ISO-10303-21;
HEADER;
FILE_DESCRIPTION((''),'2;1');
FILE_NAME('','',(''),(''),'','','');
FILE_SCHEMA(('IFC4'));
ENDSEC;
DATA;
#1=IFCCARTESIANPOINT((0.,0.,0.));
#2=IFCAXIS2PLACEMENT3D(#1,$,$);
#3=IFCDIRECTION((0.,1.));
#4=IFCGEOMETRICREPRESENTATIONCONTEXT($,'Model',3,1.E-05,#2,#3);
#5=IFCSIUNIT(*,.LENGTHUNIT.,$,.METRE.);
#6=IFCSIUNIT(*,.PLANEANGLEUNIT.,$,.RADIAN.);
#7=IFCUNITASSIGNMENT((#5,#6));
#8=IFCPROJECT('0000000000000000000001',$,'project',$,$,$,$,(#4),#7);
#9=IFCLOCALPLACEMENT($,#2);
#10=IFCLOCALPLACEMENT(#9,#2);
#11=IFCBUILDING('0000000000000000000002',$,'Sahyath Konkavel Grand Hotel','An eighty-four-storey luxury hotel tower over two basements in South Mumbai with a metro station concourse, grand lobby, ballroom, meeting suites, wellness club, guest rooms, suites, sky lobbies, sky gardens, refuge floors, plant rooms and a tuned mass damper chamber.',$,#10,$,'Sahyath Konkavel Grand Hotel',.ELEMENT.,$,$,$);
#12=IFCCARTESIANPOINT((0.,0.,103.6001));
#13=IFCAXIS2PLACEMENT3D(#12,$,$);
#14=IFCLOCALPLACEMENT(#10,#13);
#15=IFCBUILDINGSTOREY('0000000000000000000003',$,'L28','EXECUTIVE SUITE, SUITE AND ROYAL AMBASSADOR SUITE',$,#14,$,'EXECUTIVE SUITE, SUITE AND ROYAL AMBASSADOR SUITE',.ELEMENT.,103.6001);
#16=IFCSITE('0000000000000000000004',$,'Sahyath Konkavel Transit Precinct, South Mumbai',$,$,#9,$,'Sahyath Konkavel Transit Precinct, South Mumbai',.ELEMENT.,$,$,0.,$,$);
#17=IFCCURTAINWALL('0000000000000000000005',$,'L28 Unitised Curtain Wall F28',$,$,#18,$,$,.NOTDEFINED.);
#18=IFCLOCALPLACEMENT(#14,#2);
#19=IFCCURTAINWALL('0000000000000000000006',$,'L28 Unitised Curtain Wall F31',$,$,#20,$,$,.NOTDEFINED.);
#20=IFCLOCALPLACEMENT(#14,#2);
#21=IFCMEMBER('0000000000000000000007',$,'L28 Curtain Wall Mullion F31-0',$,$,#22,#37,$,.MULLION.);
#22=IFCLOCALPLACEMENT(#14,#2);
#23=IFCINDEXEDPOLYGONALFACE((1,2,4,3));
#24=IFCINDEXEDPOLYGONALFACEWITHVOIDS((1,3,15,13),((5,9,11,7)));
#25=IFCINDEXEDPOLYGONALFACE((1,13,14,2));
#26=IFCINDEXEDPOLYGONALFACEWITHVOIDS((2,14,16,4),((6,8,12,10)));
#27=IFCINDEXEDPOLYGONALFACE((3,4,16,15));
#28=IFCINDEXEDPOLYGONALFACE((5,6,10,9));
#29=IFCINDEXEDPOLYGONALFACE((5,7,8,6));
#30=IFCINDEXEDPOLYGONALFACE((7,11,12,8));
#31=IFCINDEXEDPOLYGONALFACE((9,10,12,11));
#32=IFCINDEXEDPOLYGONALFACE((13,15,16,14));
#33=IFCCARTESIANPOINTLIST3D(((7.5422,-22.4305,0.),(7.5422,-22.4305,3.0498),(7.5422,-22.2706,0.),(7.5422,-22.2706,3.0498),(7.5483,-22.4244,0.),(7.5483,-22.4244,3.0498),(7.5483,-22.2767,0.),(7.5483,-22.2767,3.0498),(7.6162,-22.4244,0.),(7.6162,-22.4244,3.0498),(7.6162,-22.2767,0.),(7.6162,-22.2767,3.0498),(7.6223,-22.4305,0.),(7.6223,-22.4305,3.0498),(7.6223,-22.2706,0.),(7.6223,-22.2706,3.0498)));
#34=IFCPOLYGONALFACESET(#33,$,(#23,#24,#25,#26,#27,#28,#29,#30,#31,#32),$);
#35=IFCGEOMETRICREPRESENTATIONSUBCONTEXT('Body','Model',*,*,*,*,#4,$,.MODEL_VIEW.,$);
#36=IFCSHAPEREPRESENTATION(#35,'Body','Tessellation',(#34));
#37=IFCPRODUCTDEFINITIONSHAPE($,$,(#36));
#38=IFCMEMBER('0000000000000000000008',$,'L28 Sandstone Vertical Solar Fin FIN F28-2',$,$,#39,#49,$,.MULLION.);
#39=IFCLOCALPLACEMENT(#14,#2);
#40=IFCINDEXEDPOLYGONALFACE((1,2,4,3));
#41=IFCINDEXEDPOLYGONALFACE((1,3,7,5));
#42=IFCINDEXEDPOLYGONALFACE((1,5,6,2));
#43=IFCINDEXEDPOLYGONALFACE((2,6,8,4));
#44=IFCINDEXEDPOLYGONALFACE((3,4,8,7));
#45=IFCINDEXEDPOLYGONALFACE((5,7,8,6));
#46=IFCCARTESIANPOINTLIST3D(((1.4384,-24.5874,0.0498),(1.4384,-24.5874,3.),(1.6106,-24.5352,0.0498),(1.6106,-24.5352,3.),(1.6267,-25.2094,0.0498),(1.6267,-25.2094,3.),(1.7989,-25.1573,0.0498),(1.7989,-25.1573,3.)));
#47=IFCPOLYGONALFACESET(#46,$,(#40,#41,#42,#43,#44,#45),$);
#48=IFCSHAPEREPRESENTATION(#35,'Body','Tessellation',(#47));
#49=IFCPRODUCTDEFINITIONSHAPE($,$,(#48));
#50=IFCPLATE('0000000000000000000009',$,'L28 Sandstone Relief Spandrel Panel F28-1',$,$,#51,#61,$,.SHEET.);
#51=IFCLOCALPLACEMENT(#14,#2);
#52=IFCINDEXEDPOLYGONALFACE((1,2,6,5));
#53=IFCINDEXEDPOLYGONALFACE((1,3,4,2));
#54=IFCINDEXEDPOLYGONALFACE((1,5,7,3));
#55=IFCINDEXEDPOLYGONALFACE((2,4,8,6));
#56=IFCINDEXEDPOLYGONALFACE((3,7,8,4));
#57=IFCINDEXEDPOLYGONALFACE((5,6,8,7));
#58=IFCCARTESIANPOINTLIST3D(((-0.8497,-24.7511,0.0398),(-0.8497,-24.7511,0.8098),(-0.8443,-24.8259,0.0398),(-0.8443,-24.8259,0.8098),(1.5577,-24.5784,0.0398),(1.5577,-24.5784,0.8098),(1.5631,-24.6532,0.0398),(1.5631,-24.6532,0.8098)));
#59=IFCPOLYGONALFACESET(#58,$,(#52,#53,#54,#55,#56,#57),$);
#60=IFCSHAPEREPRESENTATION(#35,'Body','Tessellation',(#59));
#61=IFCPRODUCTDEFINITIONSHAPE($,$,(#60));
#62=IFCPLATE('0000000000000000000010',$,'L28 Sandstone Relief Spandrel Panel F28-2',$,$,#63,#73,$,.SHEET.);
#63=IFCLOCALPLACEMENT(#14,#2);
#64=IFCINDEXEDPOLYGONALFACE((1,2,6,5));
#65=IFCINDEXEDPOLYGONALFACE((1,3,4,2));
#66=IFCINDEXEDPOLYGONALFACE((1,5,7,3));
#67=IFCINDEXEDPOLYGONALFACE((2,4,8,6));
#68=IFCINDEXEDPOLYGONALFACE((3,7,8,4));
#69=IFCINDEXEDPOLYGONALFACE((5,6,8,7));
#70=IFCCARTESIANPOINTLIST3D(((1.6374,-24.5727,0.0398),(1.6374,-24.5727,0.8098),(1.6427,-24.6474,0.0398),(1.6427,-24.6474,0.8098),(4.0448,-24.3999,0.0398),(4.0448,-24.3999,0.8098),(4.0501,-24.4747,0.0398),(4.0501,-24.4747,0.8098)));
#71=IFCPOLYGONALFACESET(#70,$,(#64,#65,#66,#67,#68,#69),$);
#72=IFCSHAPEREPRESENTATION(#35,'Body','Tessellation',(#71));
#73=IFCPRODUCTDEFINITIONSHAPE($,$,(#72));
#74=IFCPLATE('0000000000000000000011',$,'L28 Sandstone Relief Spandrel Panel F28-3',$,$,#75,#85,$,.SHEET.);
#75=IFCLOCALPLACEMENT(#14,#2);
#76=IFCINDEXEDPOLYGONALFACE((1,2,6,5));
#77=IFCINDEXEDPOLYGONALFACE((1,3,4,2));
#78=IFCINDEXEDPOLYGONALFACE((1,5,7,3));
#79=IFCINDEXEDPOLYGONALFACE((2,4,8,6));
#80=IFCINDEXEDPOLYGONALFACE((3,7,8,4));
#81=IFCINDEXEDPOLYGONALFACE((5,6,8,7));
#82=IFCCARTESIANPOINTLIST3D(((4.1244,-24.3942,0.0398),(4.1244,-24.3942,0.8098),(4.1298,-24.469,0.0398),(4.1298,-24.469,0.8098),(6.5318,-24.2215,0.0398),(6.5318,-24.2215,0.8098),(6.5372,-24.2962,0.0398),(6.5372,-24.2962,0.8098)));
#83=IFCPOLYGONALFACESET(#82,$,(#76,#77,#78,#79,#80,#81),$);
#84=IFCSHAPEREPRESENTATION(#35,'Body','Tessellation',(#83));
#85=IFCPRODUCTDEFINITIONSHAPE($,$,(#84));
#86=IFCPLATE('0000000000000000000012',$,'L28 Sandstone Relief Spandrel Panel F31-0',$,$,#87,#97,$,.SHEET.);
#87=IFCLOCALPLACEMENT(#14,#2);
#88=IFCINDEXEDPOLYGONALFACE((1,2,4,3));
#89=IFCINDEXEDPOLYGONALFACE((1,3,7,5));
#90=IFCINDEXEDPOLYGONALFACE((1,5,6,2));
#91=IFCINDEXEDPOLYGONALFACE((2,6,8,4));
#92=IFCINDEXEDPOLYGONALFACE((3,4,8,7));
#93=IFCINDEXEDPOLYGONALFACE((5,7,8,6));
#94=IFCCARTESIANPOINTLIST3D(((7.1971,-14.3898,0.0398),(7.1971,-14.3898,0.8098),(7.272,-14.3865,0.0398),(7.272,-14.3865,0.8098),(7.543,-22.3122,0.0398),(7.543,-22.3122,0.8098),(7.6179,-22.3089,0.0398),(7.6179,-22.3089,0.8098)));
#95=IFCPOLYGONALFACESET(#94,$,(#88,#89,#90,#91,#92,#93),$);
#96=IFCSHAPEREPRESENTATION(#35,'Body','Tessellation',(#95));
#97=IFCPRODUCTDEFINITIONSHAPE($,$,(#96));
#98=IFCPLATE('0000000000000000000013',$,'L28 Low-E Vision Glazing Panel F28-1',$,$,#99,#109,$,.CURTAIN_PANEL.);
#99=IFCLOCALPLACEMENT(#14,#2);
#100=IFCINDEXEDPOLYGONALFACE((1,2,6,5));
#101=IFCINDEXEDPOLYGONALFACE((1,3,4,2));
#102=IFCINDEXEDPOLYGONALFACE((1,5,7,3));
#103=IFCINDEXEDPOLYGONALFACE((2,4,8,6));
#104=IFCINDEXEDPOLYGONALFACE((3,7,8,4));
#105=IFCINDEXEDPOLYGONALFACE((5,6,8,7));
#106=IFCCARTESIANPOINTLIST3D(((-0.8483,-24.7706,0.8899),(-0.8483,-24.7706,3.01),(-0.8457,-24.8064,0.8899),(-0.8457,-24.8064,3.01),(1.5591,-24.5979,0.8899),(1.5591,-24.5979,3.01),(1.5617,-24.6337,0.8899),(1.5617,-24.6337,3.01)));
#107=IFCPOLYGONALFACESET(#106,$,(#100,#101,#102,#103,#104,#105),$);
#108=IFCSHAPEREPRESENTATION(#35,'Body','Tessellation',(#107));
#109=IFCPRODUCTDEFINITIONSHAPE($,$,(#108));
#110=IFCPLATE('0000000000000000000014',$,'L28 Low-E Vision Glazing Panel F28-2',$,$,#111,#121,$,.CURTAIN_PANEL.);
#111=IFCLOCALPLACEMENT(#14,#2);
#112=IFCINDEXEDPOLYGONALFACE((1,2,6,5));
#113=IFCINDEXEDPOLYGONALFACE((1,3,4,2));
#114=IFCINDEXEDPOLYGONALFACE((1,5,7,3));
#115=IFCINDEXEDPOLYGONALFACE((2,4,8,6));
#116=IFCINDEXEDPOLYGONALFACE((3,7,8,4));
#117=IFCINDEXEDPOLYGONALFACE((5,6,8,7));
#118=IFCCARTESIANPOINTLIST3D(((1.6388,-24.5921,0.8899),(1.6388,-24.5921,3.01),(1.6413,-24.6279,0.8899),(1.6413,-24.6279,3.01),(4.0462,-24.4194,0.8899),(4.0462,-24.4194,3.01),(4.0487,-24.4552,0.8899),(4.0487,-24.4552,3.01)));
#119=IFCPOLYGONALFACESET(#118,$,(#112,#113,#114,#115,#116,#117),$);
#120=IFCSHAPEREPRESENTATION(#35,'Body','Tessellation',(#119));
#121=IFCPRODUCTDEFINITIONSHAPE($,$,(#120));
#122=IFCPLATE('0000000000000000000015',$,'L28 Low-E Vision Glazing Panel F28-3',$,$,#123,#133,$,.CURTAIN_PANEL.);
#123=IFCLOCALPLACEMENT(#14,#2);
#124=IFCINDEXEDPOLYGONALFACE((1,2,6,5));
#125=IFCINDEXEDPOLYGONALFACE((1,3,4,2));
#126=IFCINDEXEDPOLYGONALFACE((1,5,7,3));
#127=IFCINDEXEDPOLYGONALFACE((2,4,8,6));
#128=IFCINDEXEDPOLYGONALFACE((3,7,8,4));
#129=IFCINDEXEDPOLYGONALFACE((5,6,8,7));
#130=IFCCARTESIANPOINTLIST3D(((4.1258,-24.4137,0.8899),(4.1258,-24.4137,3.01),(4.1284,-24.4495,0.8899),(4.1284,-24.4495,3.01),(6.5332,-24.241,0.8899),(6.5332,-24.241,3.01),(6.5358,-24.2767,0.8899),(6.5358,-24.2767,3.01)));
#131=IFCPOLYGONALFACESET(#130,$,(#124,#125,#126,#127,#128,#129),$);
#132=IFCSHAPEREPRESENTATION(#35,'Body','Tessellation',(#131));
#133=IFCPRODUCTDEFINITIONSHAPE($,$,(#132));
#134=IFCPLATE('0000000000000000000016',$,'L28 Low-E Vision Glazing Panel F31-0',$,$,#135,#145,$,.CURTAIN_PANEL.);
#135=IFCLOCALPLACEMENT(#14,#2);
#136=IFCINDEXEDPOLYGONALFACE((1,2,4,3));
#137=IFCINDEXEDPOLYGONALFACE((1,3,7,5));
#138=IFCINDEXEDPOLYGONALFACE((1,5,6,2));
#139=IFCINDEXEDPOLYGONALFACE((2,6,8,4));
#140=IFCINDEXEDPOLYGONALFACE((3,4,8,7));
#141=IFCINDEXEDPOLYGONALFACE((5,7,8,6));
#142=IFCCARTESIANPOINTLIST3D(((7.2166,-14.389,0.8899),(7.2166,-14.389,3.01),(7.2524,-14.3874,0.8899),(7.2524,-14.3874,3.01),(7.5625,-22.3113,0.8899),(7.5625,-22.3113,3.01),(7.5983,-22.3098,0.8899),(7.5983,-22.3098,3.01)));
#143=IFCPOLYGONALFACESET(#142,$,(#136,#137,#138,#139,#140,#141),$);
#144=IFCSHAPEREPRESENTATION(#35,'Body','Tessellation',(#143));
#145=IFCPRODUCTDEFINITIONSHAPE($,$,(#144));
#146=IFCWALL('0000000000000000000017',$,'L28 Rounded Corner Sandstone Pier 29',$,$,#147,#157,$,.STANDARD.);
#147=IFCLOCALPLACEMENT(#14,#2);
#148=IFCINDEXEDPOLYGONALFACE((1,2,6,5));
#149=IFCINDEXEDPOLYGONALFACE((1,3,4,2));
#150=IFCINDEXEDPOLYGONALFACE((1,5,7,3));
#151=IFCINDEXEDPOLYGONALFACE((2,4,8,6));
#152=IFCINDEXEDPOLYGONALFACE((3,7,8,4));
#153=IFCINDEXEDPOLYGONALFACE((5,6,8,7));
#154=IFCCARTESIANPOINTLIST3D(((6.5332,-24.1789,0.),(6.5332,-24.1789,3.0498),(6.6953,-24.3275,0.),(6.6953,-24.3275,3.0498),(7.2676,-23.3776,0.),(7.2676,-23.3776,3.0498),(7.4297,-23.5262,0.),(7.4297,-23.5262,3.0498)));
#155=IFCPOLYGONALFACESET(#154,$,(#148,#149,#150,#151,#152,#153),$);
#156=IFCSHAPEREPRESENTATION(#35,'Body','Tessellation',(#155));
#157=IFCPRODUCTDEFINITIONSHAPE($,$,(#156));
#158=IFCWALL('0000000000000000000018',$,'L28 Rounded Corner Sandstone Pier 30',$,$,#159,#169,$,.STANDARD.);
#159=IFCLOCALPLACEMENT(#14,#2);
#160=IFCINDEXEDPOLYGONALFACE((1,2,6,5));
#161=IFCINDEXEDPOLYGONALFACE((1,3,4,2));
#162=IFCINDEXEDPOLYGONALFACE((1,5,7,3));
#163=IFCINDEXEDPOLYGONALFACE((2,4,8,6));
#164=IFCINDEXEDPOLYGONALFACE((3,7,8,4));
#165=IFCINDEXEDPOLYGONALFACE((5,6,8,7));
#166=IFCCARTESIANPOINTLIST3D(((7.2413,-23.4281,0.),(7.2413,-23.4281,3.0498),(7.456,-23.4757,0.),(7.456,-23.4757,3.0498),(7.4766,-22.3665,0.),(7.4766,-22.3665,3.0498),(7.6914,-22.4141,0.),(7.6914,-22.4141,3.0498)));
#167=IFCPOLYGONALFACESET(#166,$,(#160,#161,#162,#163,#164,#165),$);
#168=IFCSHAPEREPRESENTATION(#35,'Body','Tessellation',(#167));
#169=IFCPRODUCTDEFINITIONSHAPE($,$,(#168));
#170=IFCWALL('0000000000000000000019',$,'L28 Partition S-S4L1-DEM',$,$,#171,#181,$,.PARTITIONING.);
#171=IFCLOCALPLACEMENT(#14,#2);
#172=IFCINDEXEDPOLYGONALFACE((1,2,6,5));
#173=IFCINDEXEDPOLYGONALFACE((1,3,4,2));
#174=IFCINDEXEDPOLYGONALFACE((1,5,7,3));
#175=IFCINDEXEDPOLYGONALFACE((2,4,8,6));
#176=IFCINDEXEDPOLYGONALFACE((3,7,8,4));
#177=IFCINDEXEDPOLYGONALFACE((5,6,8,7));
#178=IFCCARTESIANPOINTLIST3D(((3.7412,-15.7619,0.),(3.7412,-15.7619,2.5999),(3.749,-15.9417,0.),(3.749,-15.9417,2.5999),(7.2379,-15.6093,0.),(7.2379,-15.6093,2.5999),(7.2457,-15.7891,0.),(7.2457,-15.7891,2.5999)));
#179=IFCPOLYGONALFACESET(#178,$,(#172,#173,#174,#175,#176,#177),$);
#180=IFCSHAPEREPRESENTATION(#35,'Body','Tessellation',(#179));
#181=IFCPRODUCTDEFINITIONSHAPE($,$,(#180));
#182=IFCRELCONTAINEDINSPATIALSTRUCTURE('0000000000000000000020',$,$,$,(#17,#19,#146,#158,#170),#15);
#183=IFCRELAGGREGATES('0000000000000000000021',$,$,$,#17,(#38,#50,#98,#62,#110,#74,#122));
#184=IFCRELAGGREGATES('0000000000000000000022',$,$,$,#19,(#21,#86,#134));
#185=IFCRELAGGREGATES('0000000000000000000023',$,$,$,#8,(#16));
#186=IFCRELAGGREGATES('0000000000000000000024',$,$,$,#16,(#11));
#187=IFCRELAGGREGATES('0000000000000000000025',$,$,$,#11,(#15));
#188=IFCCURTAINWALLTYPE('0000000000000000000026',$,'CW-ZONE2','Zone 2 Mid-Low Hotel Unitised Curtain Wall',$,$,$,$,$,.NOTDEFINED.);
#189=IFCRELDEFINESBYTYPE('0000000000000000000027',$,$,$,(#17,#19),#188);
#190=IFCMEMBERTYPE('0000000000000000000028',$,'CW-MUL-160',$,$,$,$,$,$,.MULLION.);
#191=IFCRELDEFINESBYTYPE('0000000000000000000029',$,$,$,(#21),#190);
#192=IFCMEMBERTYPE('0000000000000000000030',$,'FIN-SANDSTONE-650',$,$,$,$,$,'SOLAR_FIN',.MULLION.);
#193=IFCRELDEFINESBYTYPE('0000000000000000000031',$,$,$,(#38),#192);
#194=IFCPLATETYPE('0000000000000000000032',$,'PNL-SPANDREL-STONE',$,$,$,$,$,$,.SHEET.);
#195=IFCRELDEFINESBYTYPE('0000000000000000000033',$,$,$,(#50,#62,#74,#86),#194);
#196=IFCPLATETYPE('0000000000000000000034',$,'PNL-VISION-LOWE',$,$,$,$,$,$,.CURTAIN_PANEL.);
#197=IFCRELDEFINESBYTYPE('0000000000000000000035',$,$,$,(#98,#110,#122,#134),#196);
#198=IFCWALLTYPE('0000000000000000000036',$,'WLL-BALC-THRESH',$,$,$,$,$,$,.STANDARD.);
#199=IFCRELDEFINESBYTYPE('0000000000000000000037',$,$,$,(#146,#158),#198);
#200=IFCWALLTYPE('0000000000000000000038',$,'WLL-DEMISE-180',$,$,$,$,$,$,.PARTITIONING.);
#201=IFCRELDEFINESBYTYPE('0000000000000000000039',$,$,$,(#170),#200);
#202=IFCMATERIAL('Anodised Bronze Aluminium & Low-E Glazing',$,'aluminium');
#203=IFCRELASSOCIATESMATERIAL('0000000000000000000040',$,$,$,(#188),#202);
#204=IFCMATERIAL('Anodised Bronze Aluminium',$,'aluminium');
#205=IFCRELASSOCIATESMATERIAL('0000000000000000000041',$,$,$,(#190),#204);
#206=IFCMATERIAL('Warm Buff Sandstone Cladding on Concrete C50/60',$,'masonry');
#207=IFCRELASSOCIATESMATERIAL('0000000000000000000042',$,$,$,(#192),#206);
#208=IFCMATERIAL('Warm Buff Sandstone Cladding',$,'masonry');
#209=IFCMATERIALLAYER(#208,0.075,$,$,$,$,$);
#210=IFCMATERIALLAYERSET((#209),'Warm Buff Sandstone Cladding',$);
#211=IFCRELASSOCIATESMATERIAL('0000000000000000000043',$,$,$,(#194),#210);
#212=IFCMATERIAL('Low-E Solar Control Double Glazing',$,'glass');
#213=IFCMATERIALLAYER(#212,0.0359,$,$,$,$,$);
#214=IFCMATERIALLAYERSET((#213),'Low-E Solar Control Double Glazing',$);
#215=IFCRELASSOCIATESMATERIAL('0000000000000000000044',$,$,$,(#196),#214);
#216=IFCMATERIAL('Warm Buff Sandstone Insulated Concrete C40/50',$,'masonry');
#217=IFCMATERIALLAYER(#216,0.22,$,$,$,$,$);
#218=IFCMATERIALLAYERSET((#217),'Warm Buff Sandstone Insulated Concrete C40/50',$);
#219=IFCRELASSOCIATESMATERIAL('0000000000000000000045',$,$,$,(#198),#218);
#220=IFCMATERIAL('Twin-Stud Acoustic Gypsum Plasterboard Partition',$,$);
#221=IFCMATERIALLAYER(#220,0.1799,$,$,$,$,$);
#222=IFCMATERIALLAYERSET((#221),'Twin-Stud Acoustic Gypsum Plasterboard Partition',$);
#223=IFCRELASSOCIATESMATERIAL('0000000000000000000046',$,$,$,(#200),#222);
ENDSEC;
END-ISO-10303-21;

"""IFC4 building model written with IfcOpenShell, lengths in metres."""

from ifc_helpers import new_model, si_unit, direction, frame, frame_2d, origin, origin_2d, place, context, subcontext, project, spatial, rectangle, hollow_rectangle, extrude, source, transform, mapped, material, layer, layer_set, material_profile, profile_set, type_object, element, aggregate, save


model = new_model("IFC4")

# Units and contexts
model_context = context("Model", 3, precision=1e-05, world=origin(), true_north=direction((0.0, 1.0)))
body_context = subcontext(model_context, "Body", "Model", "MODEL_VIEW")
ifc_project = project(units=[si_unit("LENGTHUNIT", "METRE"), si_unit("PLANEANGLEUNIT", "RADIAN")], contexts=[model_context])

# Site, building, storey
site_placement = place(None, origin())
site = spatial("IfcSite", under=ifc_project, at=site_placement, Name="Sahyath Konkavel Transit Precinct, South Mumbai", LongName="Sahyath Konkavel Transit Precinct, South Mumbai", CompositionType="ELEMENT", RefElevation=0.0)
building_placement = place(site_placement, origin())
building = spatial("IfcBuilding", under=site, at=building_placement, Name="Sahyath Konkavel Grand Hotel", Description="An eighty-four-storey luxury hotel tower over two basements in South Mumbai with a metro station concourse, grand lobby, ballroom, meeting suites, wellness club, guest rooms, suites, sky lobbies, sky gardens, refuge floors, plant rooms and a tuned mass damper chamber.", LongName="Sahyath Konkavel Grand Hotel", CompositionType="ELEMENT")
storey_placement = place(building_placement, frame((0.0, 0.0, 103.6001)))
storey = spatial("IfcBuildingStorey", under=building, at=storey_placement, Name="L28", Description="EXECUTIVE SUITE, SUITE AND ROYAL AMBASSADOR SUITE", LongName="EXECUTIVE SUITE, SUITE AND ROYAL AMBASSADOR SUITE", CompositionType="ELEMENT", Elevation=103.6001)

# Curtain wall
ifc_material_1 = material(Name="Anodised Bronze Aluminium & Low-E Glazing", Category="aluminium")
curtain_wall_type = type_object("IfcCurtainWallType", Name="CW-ZONE2", Description="Zone 2 Mid-Low Hotel Unitised Curtain Wall", PredefinedType="NOTDEFINED", material=ifc_material_1)
curtain_wall_1_placement = place(storey_placement, origin())
curtain_wall_1 = element("IfcCurtainWall", 1, at=curtain_wall_1_placement, inside=storey, type_object=curtain_wall_type, Name="L28 Unitised Curtain Wall F28", PredefinedType="NOTDEFINED")
ifc_material_2 = material(Name="Anodised Bronze Aluminium", Category="aluminium")

# Curtain wall
curtain_wall_2_placement = place(storey_placement, origin())
curtain_wall_2 = element("IfcCurtainWall", 2, at=curtain_wall_2_placement, inside=storey, type_object=curtain_wall_type, Name="L28 Unitised Curtain Wall F31", PredefinedType="NOTDEFINED")

# Members
ifc_material_profile_1 = material_profile(ifc_material_2, hollow_rectangle(XDim=0.0801, YDim=0.1599, WallThickness=0.0061, at=origin_2d()), Name="RHS 160x80x6")
ifc_profile_set_1 = profile_set([ifc_material_profile_1], Name="Anodised Bronze Aluminium")
member_type_1 = type_object("IfcMemberType", Name="CW-MUL-160", PredefinedType="MULLION", material=ifc_profile_set_1)
shared_shape_1 = source(origin(), body_context, "Body", "SweptSolid", [
    extrude(hollow_rectangle(XDim=0.0801, YDim=0.1599, WallThickness=0.0061, at=origin_2d()), origin(), (0.0, 0.0, 1.0), 3.0498),
])
member_1_placement = place(storey_placement, frame((7.5823, -22.3506, 0.0), z_axis=(0.0, 0.0, 1.0), x_axis=(1.0, 0.0, 0.0)))
member_1 = element("IfcMember", 3, at=member_1_placement, type_object=member_type_1, Name="L28 Curtain Wall Mullion F31-0", PredefinedType="MULLION", context=body_context, shape_type="MappedRepresentation", body=[
    mapped(shared_shape_1, transform((0.0, 0.0, 0.0), scale=1.0)),
])
ifc_material_3 = material(Name="Warm Buff Sandstone Cladding on Concrete C50/60", Category="masonry")
ifc_material_profile_2 = material_profile(ifc_material_3, rectangle(XDim=0.1799, YDim=0.6499, at=origin_2d()), Name="FIN 180x650")
ifc_profile_set_2 = profile_set([ifc_material_profile_2], Name="Warm Buff Sandstone Cladding on Concrete C50/60")
member_type_2 = type_object("IfcMemberType", Name="FIN-SANDSTONE-650", ElementType="SOLAR_FIN", PredefinedType="MULLION", material=ifc_profile_set_2)
shared_shape_2 = source(origin(), body_context, "Body", "SweptSolid", [
    extrude(rectangle(XDim=0.1799, YDim=0.6499, at=origin_2d()), origin(), (0.0, 0.0, 1.0), 2.9502),
])
member_2_placement = place(storey_placement, frame((1.6187, -24.8723, 0.0498), z_axis=(0.0, 0.0, 1.0), x_axis=(0.957117, 0.2897, 0.0)))
member_2 = element("IfcMember", 4, at=member_2_placement, type_object=member_type_2, Name="L28 Sandstone Vertical Solar Fin FIN F28-2", PredefinedType="MULLION", context=body_context, shape_type="MappedRepresentation", body=[
    mapped(shared_shape_2, transform((0.0, 0.0, 0.0), scale=1.0)),
])

# Plates
ifc_material_4 = material(Name="Warm Buff Sandstone Cladding", Category="masonry")
ifc_layer_1 = layer(ifc_material_4, 0.075)
ifc_layer_set_1 = layer_set([ifc_layer_1], Name="Warm Buff Sandstone Cladding")
plate_type_1 = type_object("IfcPlateType", Name="PNL-SPANDREL-STONE", PredefinedType="SHEET", material=ifc_layer_set_1)
shared_shape_3 = source(origin(), body_context, "Body", "SweptSolid", [
    extrude(rectangle(XDim=2.4136, YDim=0.075, at=origin_2d()), origin(), (0.0, 0.0, 1.0), 0.77),
])
plate_1_placement = place(storey_placement, frame((0.3567, -24.7021, 0.0398), z_axis=(0.0, 0.0, 1.0), x_axis=(0.997436, 0.071567, 0.0)))
plate_1 = element("IfcPlate", 5, at=plate_1_placement, type_object=plate_type_1, Name="L28 Sandstone Relief Spandrel Panel F28-1", PredefinedType="SHEET", context=body_context, shape_type="MappedRepresentation", body=[
    mapped(shared_shape_3, transform((0.0, 0.0, 0.0), scale=1.0)),
])
plate_2_placement = place(storey_placement, frame((2.8438, -24.5237, 0.0398), z_axis=(0.0, 0.0, 1.0), x_axis=(0.997436, 0.071567, 0.0)))
plate_2 = element("IfcPlate", 6, at=plate_2_placement, type_object=plate_type_1, Name="L28 Sandstone Relief Spandrel Panel F28-2", PredefinedType="SHEET", context=body_context, shape_type="MappedRepresentation", body=[
    mapped(shared_shape_3, transform((0.0, 0.0, 0.0), scale=1.0)),
])
plate_3_placement = place(storey_placement, frame((5.3308, -24.3452, 0.0398), z_axis=(0.0, 0.0, 1.0), x_axis=(0.997436, 0.071567, 0.0)))
plate_3 = element("IfcPlate", 7, at=plate_3_placement, type_object=plate_type_1, Name="L28 Sandstone Relief Spandrel Panel F28-3", PredefinedType="SHEET", context=body_context, shape_type="MappedRepresentation", body=[
    mapped(shared_shape_3, transform((0.0, 0.0, 0.0), scale=1.0)),
])
shared_shape_4 = source(origin(), body_context, "Body", "SweptSolid", [
    extrude(rectangle(XDim=7.9299, YDim=0.075, at=origin_2d()), origin(), (0.0, 0.0, 1.0), 0.77),
])
plate_4_placement = place(storey_placement, frame((7.4075, -18.3494, 0.0398), z_axis=(0.0, 0.0, 1.0), x_axis=(-0.043619, 0.999048, 0.0)))
plate_4 = element("IfcPlate", 8, at=plate_4_placement, type_object=plate_type_1, Name="L28 Sandstone Relief Spandrel Panel F31-0", PredefinedType="SHEET", context=body_context, shape_type="MappedRepresentation", body=[
    mapped(shared_shape_4, transform((0.0, 0.0, 0.0), scale=1.0)),
])
ifc_material_5 = material(Name="Low-E Solar Control Double Glazing", Category="glass")
ifc_layer_2 = layer(ifc_material_5, 0.0359)
ifc_layer_set_2 = layer_set([ifc_layer_2], Name="Low-E Solar Control Double Glazing")
plate_type_2 = type_object("IfcPlateType", Name="PNL-VISION-LOWE", PredefinedType="CURTAIN_PANEL", material=ifc_layer_set_2)
shared_shape_5 = source(origin(), body_context, "Body", "SweptSolid", [
    extrude(rectangle(XDim=2.4136, YDim=0.0359, at=origin_2d()), origin(), (0.0, 0.0, 1.0), 2.1201),
])
plate_5_placement = place(storey_placement, frame((0.3567, -24.7021, 0.8899), z_axis=(0.0, 0.0, 1.0), x_axis=(0.997436, 0.071567, 0.0)))
plate_5 = element("IfcPlate", 9, at=plate_5_placement, type_object=plate_type_2, Name="L28 Low-E Vision Glazing Panel F28-1", PredefinedType="CURTAIN_PANEL", context=body_context, shape_type="MappedRepresentation", body=[
    mapped(shared_shape_5, transform((0.0, 0.0, 0.0), scale=1.0)),
])
plate_6_placement = place(storey_placement, frame((2.8438, -24.5237, 0.8899), z_axis=(0.0, 0.0, 1.0), x_axis=(0.997436, 0.071567, 0.0)))
plate_6 = element("IfcPlate", 10, at=plate_6_placement, type_object=plate_type_2, Name="L28 Low-E Vision Glazing Panel F28-2", PredefinedType="CURTAIN_PANEL", context=body_context, shape_type="MappedRepresentation", body=[
    mapped(shared_shape_5, transform((0.0, 0.0, 0.0), scale=1.0)),
])
plate_7_placement = place(storey_placement, frame((5.3308, -24.3452, 0.8899), z_axis=(0.0, 0.0, 1.0), x_axis=(0.997436, 0.071567, 0.0)))
plate_7 = element("IfcPlate", 11, at=plate_7_placement, type_object=plate_type_2, Name="L28 Low-E Vision Glazing Panel F28-3", PredefinedType="CURTAIN_PANEL", context=body_context, shape_type="MappedRepresentation", body=[
    mapped(shared_shape_5, transform((0.0, 0.0, 0.0), scale=1.0)),
])
aggregate(curtain_wall_1, [member_2, plate_1, plate_5, plate_2, plate_6, plate_3, plate_7])
shared_shape_6 = source(origin(), body_context, "Body", "SweptSolid", [
    extrude(rectangle(XDim=7.9299, YDim=0.0359, at=origin_2d()), origin(), (0.0, 0.0, 1.0), 2.1201),
])
plate_8_placement = place(storey_placement, frame((7.4075, -18.3494, 0.8899), z_axis=(0.0, 0.0, 1.0), x_axis=(-0.043619, 0.999048, 0.0)))
plate_8 = element("IfcPlate", 12, at=plate_8_placement, type_object=plate_type_2, Name="L28 Low-E Vision Glazing Panel F31-0", PredefinedType="CURTAIN_PANEL", context=body_context, shape_type="MappedRepresentation", body=[
    mapped(shared_shape_6, transform((0.0, 0.0, 0.0), scale=1.0)),
])
aggregate(curtain_wall_2, [member_1, plate_4, plate_8])

# Walls
ifc_material_6 = material(Name="Warm Buff Sandstone Insulated Concrete C40/50", Category="masonry")
ifc_layer_3 = layer(ifc_material_6, 0.22)
ifc_layer_set_3 = layer_set([ifc_layer_3], Name="Warm Buff Sandstone Insulated Concrete C40/50")
wall_type_1 = type_object("IfcWallType", Name="WLL-BALC-THRESH", PredefinedType="STANDARD", material=ifc_layer_set_3)
wall_1_placement = place(storey_placement, frame((6.6143, -24.2532, 0.0), z_axis=(0.0, 0.0, 1.0), x_axis=(0.675664, 0.73721, 0.0)))
element("IfcWall", 13, at=wall_1_placement, inside=storey, type_object=wall_type_1, Name="L28 Rounded Corner Sandstone Pier 29", PredefinedType="STANDARD", context=body_context, shape_type="SweptSolid", body=[
    extrude(rectangle(XDim=1.0869, YDim=0.22, at=frame_2d((0.5435, 0.0))), origin(), (0.0, 0.0, 1.0), 3.0498),
])
wall_2_placement = place(storey_placement, frame((7.3486, -23.4519, 0.0), z_axis=(0.0, 0.0, 1.0), x_axis=(0.216455, 0.976293, 0.0)))
element("IfcWall", 14, at=wall_2_placement, inside=storey, type_object=wall_type_1, Name="L28 Rounded Corner Sandstone Pier 30", PredefinedType="STANDARD", context=body_context, shape_type="SweptSolid", body=[
    extrude(rectangle(XDim=1.0874, YDim=0.22, at=frame_2d((0.5437, 0.0))), origin(), (0.0, 0.0, 1.0), 3.0498),
])
ifc_material_7 = material(Name="Twin-Stud Acoustic Gypsum Plasterboard Partition")
ifc_layer_4 = layer(ifc_material_7, 0.1799)
ifc_layer_set_4 = layer_set([ifc_layer_4], Name="Twin-Stud Acoustic Gypsum Plasterboard Partition")
wall_type_2 = type_object("IfcWallType", Name="WLL-DEMISE-180", PredefinedType="PARTITIONING", material=ifc_layer_set_4)
wall_3_placement = place(storey_placement, frame((3.7451, -15.8518, 0.0), z_axis=(0.0, 0.0, 1.0), x_axis=(0.999049, 0.043598, 0.0)))
element("IfcWall", 15, at=wall_3_placement, inside=storey, type_object=wall_type_2, Name="L28 Partition S-S4L1-DEM", PredefinedType="PARTITIONING", context=body_context, shape_type="SweptSolid", body=[
    extrude(rectangle(XDim=3.5, YDim=0.1799, at=frame_2d((1.75, 0.0))), origin(), (0.0, 0.0, 1.0), 2.5999),
])

save(model, "model.ifc")
